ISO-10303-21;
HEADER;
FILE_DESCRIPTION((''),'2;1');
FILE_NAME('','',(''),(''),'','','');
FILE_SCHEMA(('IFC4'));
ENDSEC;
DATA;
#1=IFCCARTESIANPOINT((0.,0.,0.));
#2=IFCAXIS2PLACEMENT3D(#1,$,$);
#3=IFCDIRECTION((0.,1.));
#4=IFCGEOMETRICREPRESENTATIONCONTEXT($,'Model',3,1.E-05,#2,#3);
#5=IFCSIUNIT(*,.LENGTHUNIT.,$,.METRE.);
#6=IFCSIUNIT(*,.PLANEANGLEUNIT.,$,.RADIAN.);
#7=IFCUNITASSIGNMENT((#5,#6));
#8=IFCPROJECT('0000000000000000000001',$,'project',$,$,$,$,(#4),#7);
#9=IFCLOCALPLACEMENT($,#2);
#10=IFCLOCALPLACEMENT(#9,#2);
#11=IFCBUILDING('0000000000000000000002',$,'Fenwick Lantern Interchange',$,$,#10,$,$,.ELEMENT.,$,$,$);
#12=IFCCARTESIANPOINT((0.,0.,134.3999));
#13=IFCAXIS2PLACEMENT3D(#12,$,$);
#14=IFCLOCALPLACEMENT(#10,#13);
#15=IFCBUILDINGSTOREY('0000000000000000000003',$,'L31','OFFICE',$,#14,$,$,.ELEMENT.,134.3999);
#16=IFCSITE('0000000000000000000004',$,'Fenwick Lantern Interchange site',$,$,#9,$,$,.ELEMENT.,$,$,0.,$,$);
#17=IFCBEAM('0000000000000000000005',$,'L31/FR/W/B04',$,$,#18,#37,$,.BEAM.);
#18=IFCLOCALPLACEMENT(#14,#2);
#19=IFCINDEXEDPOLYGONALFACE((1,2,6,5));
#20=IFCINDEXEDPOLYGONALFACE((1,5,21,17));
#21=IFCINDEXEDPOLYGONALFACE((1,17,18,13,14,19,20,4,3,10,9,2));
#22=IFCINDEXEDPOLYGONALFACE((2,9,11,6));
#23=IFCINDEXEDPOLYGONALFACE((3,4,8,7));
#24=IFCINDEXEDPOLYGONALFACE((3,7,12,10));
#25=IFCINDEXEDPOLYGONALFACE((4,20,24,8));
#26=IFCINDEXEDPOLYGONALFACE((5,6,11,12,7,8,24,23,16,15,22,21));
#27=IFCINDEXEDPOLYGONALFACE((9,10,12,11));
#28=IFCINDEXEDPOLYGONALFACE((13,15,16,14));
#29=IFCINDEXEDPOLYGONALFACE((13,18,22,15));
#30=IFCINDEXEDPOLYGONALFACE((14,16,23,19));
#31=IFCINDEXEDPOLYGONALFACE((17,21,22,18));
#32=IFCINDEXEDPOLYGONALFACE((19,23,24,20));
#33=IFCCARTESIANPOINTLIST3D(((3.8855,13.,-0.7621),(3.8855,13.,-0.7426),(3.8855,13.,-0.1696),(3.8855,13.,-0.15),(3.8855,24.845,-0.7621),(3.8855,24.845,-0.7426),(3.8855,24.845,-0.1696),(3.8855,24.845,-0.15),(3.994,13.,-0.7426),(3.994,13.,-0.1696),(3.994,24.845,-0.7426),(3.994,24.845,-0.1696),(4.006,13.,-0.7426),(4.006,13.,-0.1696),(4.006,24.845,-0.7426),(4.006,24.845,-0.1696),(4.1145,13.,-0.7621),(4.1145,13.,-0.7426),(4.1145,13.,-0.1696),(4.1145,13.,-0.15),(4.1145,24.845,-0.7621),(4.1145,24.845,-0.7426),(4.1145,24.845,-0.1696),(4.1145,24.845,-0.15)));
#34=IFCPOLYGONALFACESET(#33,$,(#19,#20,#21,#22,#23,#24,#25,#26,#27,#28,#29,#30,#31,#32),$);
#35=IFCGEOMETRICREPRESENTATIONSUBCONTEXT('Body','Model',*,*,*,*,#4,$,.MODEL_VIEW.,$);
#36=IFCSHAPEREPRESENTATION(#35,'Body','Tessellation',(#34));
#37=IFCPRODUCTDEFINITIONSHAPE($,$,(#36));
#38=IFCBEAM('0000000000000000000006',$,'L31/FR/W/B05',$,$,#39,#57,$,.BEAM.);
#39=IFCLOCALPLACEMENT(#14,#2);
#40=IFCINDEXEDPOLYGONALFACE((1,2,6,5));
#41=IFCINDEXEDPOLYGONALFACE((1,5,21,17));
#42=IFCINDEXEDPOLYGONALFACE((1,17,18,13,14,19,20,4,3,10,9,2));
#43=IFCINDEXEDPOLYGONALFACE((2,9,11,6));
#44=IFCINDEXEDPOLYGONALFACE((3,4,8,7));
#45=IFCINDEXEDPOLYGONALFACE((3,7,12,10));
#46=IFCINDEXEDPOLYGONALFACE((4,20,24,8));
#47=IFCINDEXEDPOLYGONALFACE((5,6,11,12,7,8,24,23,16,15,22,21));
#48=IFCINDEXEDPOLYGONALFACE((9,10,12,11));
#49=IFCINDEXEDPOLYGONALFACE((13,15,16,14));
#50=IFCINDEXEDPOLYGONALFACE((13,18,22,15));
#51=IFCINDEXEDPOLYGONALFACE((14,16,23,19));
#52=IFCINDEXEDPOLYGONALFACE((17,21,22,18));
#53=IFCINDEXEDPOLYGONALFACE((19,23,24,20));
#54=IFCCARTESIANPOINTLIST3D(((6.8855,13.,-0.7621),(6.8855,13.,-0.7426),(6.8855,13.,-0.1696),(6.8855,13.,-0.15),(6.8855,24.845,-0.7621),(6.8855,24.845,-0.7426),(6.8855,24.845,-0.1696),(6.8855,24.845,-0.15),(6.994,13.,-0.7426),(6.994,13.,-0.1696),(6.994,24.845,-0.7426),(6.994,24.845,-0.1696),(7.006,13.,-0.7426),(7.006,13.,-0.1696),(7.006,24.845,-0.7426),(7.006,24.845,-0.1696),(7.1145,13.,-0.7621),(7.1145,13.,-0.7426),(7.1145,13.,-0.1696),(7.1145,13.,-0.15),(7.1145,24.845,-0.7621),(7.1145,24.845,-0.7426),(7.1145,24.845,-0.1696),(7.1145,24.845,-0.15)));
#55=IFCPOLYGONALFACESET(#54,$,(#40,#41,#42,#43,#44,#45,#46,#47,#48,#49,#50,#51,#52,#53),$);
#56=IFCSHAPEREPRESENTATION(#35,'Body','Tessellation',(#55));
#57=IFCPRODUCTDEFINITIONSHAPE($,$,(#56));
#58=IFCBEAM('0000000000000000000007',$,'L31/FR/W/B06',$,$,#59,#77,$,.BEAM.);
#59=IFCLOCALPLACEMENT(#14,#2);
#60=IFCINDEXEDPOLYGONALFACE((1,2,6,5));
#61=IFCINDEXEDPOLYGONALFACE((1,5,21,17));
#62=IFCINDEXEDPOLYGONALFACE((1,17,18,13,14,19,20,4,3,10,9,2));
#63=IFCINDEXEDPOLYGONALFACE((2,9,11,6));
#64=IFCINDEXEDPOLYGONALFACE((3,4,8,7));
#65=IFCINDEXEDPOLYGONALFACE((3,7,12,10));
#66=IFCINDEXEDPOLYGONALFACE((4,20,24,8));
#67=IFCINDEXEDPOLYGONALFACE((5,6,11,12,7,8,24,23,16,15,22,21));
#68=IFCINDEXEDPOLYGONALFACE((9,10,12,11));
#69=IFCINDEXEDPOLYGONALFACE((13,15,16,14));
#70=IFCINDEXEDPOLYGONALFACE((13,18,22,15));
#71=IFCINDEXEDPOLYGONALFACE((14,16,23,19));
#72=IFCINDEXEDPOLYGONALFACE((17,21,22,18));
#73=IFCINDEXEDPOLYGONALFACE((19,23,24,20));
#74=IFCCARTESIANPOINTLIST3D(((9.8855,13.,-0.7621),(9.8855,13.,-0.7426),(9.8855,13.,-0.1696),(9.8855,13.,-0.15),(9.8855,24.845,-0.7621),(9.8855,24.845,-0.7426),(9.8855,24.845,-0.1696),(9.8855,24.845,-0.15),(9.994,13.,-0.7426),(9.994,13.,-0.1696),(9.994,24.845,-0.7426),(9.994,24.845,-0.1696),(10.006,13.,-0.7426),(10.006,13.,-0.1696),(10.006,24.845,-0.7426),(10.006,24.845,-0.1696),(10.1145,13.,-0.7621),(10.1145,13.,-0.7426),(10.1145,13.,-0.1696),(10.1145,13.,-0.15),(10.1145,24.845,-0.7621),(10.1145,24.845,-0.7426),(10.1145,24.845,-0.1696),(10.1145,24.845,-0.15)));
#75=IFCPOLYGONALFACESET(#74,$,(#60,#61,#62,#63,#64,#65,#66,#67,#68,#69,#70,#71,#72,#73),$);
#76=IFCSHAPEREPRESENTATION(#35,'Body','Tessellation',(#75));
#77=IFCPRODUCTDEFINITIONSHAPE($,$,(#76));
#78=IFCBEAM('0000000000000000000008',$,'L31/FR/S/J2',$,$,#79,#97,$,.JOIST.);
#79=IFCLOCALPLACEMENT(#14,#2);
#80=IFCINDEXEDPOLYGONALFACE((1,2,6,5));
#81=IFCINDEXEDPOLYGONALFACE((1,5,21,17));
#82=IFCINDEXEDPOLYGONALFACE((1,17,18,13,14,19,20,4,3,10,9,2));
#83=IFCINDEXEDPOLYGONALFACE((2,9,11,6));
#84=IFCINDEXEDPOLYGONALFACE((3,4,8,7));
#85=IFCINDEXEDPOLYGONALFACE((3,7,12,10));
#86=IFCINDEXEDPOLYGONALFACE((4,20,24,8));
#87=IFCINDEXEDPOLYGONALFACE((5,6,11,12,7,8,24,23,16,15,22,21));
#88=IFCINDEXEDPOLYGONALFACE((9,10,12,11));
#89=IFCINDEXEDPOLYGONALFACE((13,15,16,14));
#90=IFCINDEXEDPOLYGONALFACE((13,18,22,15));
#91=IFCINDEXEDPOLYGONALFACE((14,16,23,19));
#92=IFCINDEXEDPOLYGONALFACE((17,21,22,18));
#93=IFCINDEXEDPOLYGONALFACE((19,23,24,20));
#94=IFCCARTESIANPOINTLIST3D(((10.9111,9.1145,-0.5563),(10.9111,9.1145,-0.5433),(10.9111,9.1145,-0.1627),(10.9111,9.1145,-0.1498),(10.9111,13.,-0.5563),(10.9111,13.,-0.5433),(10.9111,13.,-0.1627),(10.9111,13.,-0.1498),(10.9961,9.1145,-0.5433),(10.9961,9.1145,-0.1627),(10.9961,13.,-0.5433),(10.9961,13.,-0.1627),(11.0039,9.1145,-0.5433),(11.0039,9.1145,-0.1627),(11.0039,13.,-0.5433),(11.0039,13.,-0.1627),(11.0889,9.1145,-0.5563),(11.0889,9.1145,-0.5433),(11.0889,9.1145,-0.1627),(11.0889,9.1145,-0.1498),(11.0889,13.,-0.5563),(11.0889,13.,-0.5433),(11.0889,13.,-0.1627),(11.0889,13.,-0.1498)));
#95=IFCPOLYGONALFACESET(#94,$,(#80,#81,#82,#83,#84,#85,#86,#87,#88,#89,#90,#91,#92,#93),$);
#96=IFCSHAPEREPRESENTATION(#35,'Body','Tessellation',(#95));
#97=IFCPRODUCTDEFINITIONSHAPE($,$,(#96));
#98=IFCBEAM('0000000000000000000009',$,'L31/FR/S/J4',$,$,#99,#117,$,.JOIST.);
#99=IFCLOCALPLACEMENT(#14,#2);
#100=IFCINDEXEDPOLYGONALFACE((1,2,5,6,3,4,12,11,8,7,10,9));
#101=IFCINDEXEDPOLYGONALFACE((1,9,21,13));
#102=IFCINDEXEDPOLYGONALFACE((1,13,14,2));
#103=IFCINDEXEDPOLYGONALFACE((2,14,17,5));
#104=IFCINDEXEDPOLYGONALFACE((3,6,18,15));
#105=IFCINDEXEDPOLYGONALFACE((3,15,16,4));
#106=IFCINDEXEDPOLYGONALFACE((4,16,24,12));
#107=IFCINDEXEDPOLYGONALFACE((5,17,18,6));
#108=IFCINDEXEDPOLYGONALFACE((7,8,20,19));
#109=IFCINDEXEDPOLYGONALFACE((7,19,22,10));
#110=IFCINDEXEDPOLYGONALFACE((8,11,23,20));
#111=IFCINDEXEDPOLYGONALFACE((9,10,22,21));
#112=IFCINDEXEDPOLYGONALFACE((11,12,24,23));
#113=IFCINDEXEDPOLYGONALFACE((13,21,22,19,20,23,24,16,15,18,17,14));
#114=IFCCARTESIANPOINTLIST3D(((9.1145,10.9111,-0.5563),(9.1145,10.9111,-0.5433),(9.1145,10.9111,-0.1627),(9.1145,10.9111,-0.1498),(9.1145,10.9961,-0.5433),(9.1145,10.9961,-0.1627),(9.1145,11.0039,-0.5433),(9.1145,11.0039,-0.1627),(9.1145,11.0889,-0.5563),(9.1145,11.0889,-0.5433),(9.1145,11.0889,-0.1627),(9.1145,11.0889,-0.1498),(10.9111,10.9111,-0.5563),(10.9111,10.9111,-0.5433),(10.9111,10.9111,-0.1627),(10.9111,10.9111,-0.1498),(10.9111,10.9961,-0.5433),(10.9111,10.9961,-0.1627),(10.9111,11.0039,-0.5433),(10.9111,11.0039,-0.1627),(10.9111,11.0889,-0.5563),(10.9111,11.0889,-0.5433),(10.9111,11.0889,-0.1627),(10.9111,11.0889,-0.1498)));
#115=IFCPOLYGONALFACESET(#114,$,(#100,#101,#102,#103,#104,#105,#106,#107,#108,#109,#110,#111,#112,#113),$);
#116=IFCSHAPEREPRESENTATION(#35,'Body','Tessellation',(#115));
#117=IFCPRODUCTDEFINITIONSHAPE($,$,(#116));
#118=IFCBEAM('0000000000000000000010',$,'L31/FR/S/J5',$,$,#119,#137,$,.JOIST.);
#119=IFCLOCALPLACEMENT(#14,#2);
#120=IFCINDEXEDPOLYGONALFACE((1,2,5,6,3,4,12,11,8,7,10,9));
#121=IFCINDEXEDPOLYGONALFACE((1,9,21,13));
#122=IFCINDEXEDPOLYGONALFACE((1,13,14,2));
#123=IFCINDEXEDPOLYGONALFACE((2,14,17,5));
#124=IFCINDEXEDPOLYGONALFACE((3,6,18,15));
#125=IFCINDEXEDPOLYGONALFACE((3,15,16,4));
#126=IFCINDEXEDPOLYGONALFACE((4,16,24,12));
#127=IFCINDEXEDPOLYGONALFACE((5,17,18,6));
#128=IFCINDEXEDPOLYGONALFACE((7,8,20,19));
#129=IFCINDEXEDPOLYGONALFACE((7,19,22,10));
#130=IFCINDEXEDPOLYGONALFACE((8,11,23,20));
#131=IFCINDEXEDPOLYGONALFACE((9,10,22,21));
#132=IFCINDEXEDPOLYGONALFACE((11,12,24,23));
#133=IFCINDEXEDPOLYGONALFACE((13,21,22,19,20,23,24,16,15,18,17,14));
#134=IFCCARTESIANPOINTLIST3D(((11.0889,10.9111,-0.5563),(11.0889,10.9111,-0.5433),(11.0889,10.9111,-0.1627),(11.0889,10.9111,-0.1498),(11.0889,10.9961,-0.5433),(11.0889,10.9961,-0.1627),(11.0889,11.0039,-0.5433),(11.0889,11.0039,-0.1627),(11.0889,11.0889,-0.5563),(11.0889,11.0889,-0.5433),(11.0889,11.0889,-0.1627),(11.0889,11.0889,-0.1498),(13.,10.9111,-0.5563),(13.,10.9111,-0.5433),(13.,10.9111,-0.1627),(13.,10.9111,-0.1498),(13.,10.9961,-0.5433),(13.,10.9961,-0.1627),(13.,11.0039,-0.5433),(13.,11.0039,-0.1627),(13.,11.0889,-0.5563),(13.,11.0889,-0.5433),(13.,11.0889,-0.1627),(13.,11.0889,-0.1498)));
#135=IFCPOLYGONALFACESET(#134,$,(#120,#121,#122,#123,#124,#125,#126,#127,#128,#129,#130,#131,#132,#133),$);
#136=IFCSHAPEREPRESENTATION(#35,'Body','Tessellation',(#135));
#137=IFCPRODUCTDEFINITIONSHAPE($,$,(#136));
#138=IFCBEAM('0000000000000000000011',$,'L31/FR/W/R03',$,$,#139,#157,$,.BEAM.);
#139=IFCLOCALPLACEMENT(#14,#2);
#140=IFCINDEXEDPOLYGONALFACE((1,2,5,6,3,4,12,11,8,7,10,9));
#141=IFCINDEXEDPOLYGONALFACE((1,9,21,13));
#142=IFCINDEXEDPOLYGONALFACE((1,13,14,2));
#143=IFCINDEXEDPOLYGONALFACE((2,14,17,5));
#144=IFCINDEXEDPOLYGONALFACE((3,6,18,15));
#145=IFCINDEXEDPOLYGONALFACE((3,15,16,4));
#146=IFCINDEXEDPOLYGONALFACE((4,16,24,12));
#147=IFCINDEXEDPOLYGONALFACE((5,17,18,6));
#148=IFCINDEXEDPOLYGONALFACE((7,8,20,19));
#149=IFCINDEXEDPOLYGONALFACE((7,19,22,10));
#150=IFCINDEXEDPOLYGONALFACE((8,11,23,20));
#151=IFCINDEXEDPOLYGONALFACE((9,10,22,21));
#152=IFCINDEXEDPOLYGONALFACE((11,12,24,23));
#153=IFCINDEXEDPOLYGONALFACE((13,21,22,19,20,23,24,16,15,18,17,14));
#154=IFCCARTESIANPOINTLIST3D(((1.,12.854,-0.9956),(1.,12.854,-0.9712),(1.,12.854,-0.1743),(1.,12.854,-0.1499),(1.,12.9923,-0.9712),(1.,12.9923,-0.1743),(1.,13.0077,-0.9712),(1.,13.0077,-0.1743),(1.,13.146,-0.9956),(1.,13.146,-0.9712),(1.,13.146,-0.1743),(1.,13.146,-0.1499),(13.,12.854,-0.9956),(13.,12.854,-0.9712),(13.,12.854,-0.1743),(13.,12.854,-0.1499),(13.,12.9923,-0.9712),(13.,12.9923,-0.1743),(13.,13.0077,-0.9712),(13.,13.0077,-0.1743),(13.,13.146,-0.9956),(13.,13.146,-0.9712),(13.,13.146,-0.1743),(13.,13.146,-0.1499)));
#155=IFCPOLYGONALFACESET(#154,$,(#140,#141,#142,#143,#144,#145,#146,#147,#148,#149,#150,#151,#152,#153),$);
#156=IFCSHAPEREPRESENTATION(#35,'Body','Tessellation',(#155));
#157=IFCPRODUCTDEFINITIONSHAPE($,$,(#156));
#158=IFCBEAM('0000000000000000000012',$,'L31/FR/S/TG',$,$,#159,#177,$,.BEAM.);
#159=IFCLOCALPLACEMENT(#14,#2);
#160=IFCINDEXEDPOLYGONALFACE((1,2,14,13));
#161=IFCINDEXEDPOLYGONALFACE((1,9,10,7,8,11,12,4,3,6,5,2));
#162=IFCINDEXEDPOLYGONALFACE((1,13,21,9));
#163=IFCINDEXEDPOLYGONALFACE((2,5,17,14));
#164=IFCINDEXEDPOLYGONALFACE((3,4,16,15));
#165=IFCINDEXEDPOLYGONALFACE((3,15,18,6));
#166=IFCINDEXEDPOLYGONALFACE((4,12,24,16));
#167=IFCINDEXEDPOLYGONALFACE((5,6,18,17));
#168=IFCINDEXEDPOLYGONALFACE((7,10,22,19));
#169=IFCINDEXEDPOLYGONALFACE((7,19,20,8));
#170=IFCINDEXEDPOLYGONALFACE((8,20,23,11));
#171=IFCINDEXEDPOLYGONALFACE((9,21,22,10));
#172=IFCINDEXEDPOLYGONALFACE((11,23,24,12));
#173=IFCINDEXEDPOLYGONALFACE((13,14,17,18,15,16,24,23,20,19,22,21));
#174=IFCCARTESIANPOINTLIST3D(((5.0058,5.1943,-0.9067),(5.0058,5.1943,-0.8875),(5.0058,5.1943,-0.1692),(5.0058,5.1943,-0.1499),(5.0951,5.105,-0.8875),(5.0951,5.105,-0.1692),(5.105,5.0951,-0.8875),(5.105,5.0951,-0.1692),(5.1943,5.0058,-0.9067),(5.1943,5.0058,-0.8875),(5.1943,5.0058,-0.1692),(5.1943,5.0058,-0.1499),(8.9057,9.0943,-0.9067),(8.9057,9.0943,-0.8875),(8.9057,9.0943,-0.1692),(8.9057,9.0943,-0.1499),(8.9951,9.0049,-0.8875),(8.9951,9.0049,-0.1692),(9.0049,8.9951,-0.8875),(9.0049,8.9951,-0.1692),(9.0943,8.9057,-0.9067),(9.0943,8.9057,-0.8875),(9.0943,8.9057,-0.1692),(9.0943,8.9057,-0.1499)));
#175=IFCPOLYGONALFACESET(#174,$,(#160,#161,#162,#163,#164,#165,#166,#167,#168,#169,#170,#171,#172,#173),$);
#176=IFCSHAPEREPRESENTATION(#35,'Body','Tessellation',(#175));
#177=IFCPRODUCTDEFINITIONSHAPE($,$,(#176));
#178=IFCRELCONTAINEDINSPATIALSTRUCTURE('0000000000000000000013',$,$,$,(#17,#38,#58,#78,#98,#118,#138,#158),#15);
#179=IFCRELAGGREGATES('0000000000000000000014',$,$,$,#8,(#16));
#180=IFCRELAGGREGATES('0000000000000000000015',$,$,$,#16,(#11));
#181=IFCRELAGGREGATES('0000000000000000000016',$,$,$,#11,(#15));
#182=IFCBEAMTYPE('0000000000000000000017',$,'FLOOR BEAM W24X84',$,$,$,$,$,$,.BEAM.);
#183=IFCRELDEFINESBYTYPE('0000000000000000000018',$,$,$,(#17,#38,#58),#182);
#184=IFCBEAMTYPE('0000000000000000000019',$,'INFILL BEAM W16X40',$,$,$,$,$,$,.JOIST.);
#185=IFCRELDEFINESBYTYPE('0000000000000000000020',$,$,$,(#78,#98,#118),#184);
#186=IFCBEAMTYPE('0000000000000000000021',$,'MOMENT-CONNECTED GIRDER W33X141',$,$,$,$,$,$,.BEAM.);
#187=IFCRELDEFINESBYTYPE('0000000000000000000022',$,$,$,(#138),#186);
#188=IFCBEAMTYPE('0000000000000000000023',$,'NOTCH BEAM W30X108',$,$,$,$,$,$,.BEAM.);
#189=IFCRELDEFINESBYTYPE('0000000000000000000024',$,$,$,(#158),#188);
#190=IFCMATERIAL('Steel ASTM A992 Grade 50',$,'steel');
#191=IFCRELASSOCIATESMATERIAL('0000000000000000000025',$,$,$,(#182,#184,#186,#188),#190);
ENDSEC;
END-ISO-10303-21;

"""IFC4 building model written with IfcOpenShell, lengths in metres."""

from ifc_helpers import new_model, si_unit, direction, frame, origin, origin_2d, place, context, subcontext, project, spatial, i_section, extrude, material, material_profile, profile_set, type_object, element, save


model = new_model("IFC4")

# Units and contexts
model_context = context("Model", 3, precision=1e-05, world=origin(), true_north=direction((0.0, 1.0)))
body_context = subcontext(model_context, "Body", "Model", "MODEL_VIEW")
ifc_project = project(units=[si_unit("LENGTHUNIT", "METRE"), si_unit("PLANEANGLEUNIT", "RADIAN")], contexts=[model_context])

# Site, building, storey
site_placement = place(None, origin())
site = spatial("IfcSite", under=ifc_project, at=site_placement, Name="Fenwick Lantern Interchange site", CompositionType="ELEMENT", RefElevation=0.0)
building_placement = place(site_placement, origin())
building = spatial("IfcBuilding", under=site, at=building_placement, Name="Fenwick Lantern Interchange", CompositionType="ELEMENT")
storey_placement = place(building_placement, frame((0.0, 0.0, 134.3999)))
storey = spatial("IfcBuildingStorey", under=building, at=storey_placement, Name="L31", Description="OFFICE", CompositionType="ELEMENT", Elevation=134.3999)

# Beams
ifc_material_1 = material(Name="Steel ASTM A992 Grade 50", Category="steel")
ifc_material_profile_1 = material_profile(ifc_material_1, i_section(OverallWidth=0.229, OverallDepth=0.6121, WebThickness=0.012, FlangeThickness=0.0195, at=origin_2d()), Name="W24X84")
ifc_profile_set_1 = profile_set([ifc_material_profile_1], Name="Steel ASTM A992 Grade 50")
beam_type_1 = type_object("IfcBeamType", Name="FLOOR BEAM W24X84", PredefinedType="BEAM", material=ifc_profile_set_1)
for number, where, z_axis, x_axis, name in (
    (1, (4.0, 24.845, -0.4561), (0.0, -1.0, 0.0), (1.0, 0.0, 0.0), "L31/FR/W/B04"),
    (2, (7.0, 24.845, -0.4561), (0.0, -1.0, 0.0), (1.0, 0.0, 0.0), "L31/FR/W/B05"),
    (3, (10.0, 24.845, -0.4561), (0.0, -1.0, 0.0), (1.0, 0.0, 0.0), "L31/FR/W/B06"),
):
    element("IfcBeam", number, at=place(storey_placement, frame(where, z_axis=z_axis, x_axis=x_axis)), inside=storey, type_object=beam_type_1, Name=name, PredefinedType="BEAM", context=body_context, shape_type="SweptSolid", body=[
        extrude(i_section(OverallWidth=0.229, OverallDepth=0.6121, WebThickness=0.012, FlangeThickness=0.0195, at=origin_2d()), origin(), (0.0, 0.0, 1.0), 11.845),
    ])
ifc_material_profile_2 = material_profile(ifc_material_1, i_section(OverallWidth=0.1777, OverallDepth=0.4065, WebThickness=0.0078, FlangeThickness=0.0129, at=origin_2d()), Name="W16X40")
ifc_profile_set_2 = profile_set([ifc_material_profile_2], Name="Steel ASTM A992 Grade 50")
beam_type_2 = type_object("IfcBeamType", Name="INFILL BEAM W16X40", PredefinedType="JOIST", material=ifc_profile_set_2)
beam_1_placement = place(storey_placement, frame((11.0, 9.1145, -0.353), z_axis=(0.0, 1.0, 0.0), x_axis=(-1.0, 0.0, 0.0)))
element("IfcBeam", 4, at=beam_1_placement, inside=storey, type_object=beam_type_2, Name="L31/FR/S/J2", PredefinedType="JOIST", context=body_context, shape_type="SweptSolid", body=[
    extrude(i_section(OverallWidth=0.1777, OverallDepth=0.4065, WebThickness=0.0078, FlangeThickness=0.0129, at=origin_2d()), origin(), (0.0, 0.0, 1.0), 3.8855),
])
beam_2_placement = place(storey_placement, frame((9.1145, 11.0, -0.353), z_axis=(1.0, 0.0, 0.0), x_axis=(0.0, 1.0, 0.0)))
element("IfcBeam", 5, at=beam_2_placement, inside=storey, type_object=beam_type_2, Name="L31/FR/S/J4", PredefinedType="JOIST", context=body_context, shape_type="SweptSolid", body=[
    extrude(i_section(OverallWidth=0.1777, OverallDepth=0.4065, WebThickness=0.0078, FlangeThickness=0.0129, at=origin_2d()), origin(), (0.0, 0.0, 1.0), 1.7966),
])
beam_3_placement = place(storey_placement, frame((11.0889, 11.0, -0.353), z_axis=(1.0, 0.0, 0.0), x_axis=(0.0, 1.0, 0.0)))
element("IfcBeam", 6, at=beam_3_placement, inside=storey, type_object=beam_type_2, Name="L31/FR/S/J5", PredefinedType="JOIST", context=body_context, shape_type="SweptSolid", body=[
    extrude(i_section(OverallWidth=0.1777, OverallDepth=0.4065, WebThickness=0.0078, FlangeThickness=0.0129, at=origin_2d()), origin(), (0.0, 0.0, 1.0), 1.9111),
])
ifc_material_profile_3 = material_profile(ifc_material_1, i_section(OverallWidth=0.292, OverallDepth=0.8457, WebThickness=0.0154, FlangeThickness=0.0244, at=origin_2d()), Name="W33X141")
ifc_profile_set_3 = profile_set([ifc_material_profile_3], Name="Steel ASTM A992 Grade 50")
beam_type_3 = type_object("IfcBeamType", Name="MOMENT-CONNECTED GIRDER W33X141", PredefinedType="BEAM", material=ifc_profile_set_3)
beam_4_placement = place(storey_placement, frame((1.0, 13.0, -0.5728), z_axis=(1.0, 0.0, 0.0), x_axis=(0.0, 1.0, 0.0)))
element("IfcBeam", 7, at=beam_4_placement, inside=storey, type_object=beam_type_3, Name="L31/FR/W/R03", PredefinedType="BEAM", context=body_context, shape_type="SweptSolid", body=[
    extrude(i_section(OverallWidth=0.292, OverallDepth=0.8457, WebThickness=0.0154, FlangeThickness=0.0244, at=origin_2d()), origin(), (0.0, 0.0, 1.0), 12.0),
])
ifc_material_profile_4 = material_profile(ifc_material_1, i_section(OverallWidth=0.2666, OverallDepth=0.7568, WebThickness=0.0139, FlangeThickness=0.0193, at=origin_2d()), Name="W30X108")
ifc_profile_set_4 = profile_set([ifc_material_profile_4], Name="Steel ASTM A992 Grade 50")
beam_type_4 = type_object("IfcBeamType", Name="NOTCH BEAM W30X108", PredefinedType="BEAM", material=ifc_profile_set_4)
beam_5_placement = place(storey_placement, frame((9.0, 9.0, -0.5283), z_axis=(-0.707107, -0.707107, 0.0), x_axis=(0.707107, -0.707107, 0.0)))
element("IfcBeam", 8, at=beam_5_placement, inside=storey, type_object=beam_type_4, Name="L31/FR/S/TG", PredefinedType="BEAM", context=body_context, shape_type="SweptSolid", body=[
    extrude(i_section(OverallWidth=0.2666, OverallDepth=0.7568, WebThickness=0.0139, FlangeThickness=0.0193, at=origin_2d()), origin(), (0.0, 0.0, 1.0), 5.5154),
])

save(model, "model.ifc")
